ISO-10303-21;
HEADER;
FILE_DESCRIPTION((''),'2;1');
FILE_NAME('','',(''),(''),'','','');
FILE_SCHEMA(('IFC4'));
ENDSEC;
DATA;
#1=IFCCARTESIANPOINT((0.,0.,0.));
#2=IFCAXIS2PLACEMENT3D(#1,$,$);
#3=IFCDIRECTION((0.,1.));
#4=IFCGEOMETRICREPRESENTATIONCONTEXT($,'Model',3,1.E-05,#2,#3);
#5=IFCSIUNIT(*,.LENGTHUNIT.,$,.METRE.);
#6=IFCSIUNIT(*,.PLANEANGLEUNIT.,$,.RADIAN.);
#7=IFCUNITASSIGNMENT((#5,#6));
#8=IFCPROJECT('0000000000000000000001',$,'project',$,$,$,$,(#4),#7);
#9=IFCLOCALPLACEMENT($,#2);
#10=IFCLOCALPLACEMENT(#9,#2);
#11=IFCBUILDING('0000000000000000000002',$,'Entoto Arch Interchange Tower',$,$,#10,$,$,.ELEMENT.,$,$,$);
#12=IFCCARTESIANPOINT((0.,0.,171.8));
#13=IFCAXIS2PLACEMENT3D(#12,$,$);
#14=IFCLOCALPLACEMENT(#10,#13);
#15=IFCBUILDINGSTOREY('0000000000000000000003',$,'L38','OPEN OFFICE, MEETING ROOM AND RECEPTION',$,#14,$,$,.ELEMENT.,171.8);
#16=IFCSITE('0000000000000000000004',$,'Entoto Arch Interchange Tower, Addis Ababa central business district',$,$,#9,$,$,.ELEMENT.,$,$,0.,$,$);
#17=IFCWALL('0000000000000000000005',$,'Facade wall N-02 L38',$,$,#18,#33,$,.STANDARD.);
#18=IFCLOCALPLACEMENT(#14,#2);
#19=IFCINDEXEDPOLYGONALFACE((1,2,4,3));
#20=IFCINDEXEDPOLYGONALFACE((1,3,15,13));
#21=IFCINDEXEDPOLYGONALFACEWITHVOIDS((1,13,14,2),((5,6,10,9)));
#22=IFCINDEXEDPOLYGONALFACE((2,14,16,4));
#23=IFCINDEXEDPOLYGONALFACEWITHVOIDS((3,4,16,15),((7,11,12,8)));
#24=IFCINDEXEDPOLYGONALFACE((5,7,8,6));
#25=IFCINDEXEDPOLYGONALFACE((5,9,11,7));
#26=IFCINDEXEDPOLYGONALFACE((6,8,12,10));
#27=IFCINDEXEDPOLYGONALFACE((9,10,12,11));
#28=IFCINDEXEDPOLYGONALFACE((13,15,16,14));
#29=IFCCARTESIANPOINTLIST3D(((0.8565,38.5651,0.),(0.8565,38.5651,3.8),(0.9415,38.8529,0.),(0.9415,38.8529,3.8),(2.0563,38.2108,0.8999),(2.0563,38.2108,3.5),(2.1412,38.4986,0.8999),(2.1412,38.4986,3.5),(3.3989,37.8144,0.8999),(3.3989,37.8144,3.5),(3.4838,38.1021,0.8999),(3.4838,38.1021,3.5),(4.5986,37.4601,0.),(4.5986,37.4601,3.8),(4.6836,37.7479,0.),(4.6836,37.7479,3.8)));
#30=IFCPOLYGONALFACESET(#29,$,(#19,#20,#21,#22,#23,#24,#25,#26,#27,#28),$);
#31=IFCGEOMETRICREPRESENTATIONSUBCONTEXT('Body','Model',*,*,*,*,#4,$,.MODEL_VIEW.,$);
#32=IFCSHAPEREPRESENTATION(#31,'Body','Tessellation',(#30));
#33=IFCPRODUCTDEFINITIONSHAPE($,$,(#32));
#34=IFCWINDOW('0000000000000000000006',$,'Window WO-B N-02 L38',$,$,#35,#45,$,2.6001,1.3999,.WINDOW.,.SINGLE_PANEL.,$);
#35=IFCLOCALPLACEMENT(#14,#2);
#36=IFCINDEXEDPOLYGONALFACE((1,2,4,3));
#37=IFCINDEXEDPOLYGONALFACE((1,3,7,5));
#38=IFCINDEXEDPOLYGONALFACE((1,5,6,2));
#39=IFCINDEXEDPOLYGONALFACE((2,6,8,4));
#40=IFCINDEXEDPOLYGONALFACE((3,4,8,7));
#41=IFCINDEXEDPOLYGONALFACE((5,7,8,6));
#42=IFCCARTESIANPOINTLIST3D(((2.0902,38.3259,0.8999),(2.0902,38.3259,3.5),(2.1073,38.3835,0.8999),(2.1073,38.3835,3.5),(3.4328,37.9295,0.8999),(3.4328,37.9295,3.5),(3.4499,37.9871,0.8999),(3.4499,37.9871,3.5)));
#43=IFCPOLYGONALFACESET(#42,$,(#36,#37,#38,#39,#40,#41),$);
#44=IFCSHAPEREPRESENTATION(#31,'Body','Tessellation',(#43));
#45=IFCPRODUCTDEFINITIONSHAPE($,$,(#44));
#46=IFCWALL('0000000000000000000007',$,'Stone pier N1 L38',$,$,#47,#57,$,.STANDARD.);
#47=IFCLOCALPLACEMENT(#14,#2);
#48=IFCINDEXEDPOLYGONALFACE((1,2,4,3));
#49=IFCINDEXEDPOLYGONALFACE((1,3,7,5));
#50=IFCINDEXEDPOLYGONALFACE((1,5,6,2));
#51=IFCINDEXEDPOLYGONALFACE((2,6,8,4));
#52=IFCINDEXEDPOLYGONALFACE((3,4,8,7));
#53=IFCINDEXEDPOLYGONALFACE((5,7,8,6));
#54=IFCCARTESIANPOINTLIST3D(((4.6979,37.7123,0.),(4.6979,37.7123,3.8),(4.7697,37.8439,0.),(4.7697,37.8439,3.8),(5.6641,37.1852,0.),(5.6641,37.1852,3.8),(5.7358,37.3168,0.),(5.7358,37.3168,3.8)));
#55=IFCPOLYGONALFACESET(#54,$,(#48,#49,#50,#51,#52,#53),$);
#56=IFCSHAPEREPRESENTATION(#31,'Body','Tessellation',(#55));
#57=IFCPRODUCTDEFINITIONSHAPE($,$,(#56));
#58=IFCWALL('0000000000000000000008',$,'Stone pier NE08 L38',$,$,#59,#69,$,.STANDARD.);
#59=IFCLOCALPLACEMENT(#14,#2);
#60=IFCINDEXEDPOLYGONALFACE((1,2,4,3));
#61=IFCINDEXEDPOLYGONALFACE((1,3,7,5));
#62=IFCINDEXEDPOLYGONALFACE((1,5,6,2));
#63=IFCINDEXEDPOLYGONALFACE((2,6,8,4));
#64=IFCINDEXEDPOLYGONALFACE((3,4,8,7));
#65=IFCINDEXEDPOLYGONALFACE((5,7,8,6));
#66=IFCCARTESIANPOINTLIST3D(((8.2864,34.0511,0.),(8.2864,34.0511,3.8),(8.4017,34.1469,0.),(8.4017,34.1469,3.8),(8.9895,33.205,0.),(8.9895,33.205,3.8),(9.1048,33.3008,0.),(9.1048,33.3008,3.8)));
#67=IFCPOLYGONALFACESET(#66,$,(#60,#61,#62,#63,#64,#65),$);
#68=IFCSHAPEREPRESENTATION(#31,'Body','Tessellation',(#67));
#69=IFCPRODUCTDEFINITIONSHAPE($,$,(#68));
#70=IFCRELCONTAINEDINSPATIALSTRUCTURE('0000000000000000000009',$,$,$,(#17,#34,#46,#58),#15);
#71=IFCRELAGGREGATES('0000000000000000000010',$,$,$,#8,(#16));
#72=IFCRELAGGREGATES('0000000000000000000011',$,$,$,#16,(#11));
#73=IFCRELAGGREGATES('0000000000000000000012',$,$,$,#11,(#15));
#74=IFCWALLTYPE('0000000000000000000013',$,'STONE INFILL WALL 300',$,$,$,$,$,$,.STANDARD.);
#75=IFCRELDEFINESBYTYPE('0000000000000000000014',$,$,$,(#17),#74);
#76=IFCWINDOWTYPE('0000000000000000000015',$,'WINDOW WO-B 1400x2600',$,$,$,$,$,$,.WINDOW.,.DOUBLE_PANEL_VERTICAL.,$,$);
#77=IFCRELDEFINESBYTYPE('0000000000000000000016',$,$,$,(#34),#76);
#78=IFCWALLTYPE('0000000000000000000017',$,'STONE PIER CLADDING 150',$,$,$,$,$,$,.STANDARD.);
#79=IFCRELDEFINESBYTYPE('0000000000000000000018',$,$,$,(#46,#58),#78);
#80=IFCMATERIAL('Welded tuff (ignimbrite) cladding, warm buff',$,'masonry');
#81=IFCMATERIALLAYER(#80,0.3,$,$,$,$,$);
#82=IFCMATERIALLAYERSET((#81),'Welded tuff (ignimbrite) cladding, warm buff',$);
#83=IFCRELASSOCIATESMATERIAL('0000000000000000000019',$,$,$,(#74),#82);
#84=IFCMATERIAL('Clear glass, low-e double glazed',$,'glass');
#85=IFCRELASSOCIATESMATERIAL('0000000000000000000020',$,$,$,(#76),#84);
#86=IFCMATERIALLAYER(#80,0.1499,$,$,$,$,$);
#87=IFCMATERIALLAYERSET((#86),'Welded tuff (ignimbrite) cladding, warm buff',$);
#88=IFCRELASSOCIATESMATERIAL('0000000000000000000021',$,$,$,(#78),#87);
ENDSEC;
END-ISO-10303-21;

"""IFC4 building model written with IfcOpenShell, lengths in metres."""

from ifc_helpers import new_model, si_unit, direction, frame, frame_2d, origin, place, context, subcontext, project, spatial, rectangle, extrude, material, layer, layer_set, type_object, element, fill, save


model = new_model("IFC4")

# Units and contexts
model_context = context("Model", 3, precision=1e-05, world=origin(), true_north=direction((0.0, 1.0)))
body_context = subcontext(model_context, "Body", "Model", "MODEL_VIEW")
ifc_project = project(units=[si_unit("LENGTHUNIT", "METRE"), si_unit("PLANEANGLEUNIT", "RADIAN")], contexts=[model_context])

# Site, building, storey
site_placement = place(None, origin())
site = spatial("IfcSite", under=ifc_project, at=site_placement, Name="Entoto Arch Interchange Tower, Addis Ababa central business district", CompositionType="ELEMENT", RefElevation=0.0)
building_placement = place(site_placement, origin())
building = spatial("IfcBuilding", under=site, at=building_placement, Name="Entoto Arch Interchange Tower", CompositionType="ELEMENT")
storey_placement = place(building_placement, frame((0.0, 0.0, 171.8)))
storey = spatial("IfcBuildingStorey", under=building, at=storey_placement, Name="L38", Description="OPEN OFFICE, MEETING ROOM AND RECEPTION", CompositionType="ELEMENT", Elevation=171.8)

# Wall, opening, window
ifc_material_1 = material(Name="Welded tuff (ignimbrite) cladding, warm buff", Category="masonry")
ifc_layer_1 = layer(ifc_material_1, 0.3)
ifc_layer_set_1 = layer_set([ifc_layer_1], Name="Welded tuff (ignimbrite) cladding, warm buff")
wall_type_1 = type_object("IfcWallType", Name="STONE INFILL WALL 300", PredefinedType="STANDARD", material=ifc_layer_set_1)
ifc_material_2 = material(Name="Clear glass, low-e double glazed", Category="glass")
window_type = type_object("IfcWindowType", Name="WINDOW WO-B 1400x2600", PartitioningType="DOUBLE_PANEL_VERTICAL", PredefinedType="WINDOW", material=ifc_material_2)
wall_1_placement = place(storey_placement, frame((4.6411, 37.604, 0.0), z_axis=(0.0, 0.0, 1.0), x_axis=(-0.959064, 0.283189, 0.0)))
wall_1 = element("IfcWall", 1, at=wall_1_placement, inside=storey, type_object=wall_type_1, Name="Facade wall N-02 L38", PredefinedType="STANDARD", context=body_context, shape_type="SweptSolid", body=[
    extrude(rectangle(XDim=3.9019, YDim=0.3, at=frame_2d((1.9509, 0.0))), origin(), (0.0, 0.0, 1.0), 3.8),
])
opening_1_placement = place(wall_1_placement, frame((1.251, 0.0, 0.8999)))
opening_1 = element("IfcOpeningElement", 2, at=opening_1_placement, cuts=wall_1, PredefinedType="OPENING", context=body_context, shape_type="SweptSolid", body=[
    extrude(rectangle(XDim=1.3999, YDim=2.6001, at=frame_2d((0.7, 1.3))), frame((0.0, 0.1602, 0.0), z_axis=(0.0, -1.0, 0.0), x_axis=(1.0, 0.0, 0.0)), (0.0, 0.0, 1.0), 0.3201),
])
window_1_placement = place(opening_1_placement, origin())
window_1 = element("IfcWindow", 3, at=window_1_placement, inside=storey, type_object=window_type, Name="Window WO-B N-02 L38", OverallHeight=2.6001, OverallWidth=1.3999, PartitioningType="SINGLE_PANEL", PredefinedType="WINDOW", context=body_context, shape_type="SweptSolid", body=[
    extrude(rectangle(XDim=1.3999, YDim=2.6001, at=frame_2d((0.7, 1.3))), frame((0.0, 0.03, 0.0), z_axis=(0.0, -1.0, 0.0), x_axis=(1.0, 0.0, 0.0)), (0.0, 0.0, 1.0), 0.0601),
])
fill(opening_1, window_1)

# Walls
ifc_layer_2 = layer(ifc_material_1, 0.1499)
ifc_layer_set_2 = layer_set([ifc_layer_2], Name="Welded tuff (ignimbrite) cladding, warm buff")
wall_type_2 = type_object("IfcWallType", Name="STONE PIER CLADDING 150", PredefinedType="STANDARD", material=ifc_layer_set_2)
wall_2_placement = place(storey_placement, frame((5.7, 37.251, 0.0), z_axis=(0.0, 0.0, 1.0), x_axis=(-0.877836, 0.478961, 0.0)))
element("IfcWall", 4, at=wall_2_placement, inside=storey, type_object=wall_type_2, Name="Stone pier N1 L38", PredefinedType="STANDARD", context=body_context, shape_type="SweptSolid", body=[
    extrude(rectangle(XDim=1.1006, YDim=0.1499, at=frame_2d((0.5503, 0.0))), origin(), (0.0, 0.0, 1.0), 3.8),
])
wall_3_placement = place(storey_placement, frame((9.0471, 33.2529, 0.0), z_axis=(0.0, 0.0, 1.0), x_axis=(-0.639092, 0.76913, 0.0)))
element("IfcWall", 5, at=wall_3_placement, inside=storey, type_object=wall_type_2, Name="Stone pier NE08 L38", PredefinedType="STANDARD", context=body_context, shape_type="SweptSolid", body=[
    extrude(rectangle(XDim=1.1001, YDim=0.1499, at=frame_2d((0.55, 0.0))), origin(), (0.0, 0.0, 1.0), 3.8),
])

save(model, "model.ifc")
